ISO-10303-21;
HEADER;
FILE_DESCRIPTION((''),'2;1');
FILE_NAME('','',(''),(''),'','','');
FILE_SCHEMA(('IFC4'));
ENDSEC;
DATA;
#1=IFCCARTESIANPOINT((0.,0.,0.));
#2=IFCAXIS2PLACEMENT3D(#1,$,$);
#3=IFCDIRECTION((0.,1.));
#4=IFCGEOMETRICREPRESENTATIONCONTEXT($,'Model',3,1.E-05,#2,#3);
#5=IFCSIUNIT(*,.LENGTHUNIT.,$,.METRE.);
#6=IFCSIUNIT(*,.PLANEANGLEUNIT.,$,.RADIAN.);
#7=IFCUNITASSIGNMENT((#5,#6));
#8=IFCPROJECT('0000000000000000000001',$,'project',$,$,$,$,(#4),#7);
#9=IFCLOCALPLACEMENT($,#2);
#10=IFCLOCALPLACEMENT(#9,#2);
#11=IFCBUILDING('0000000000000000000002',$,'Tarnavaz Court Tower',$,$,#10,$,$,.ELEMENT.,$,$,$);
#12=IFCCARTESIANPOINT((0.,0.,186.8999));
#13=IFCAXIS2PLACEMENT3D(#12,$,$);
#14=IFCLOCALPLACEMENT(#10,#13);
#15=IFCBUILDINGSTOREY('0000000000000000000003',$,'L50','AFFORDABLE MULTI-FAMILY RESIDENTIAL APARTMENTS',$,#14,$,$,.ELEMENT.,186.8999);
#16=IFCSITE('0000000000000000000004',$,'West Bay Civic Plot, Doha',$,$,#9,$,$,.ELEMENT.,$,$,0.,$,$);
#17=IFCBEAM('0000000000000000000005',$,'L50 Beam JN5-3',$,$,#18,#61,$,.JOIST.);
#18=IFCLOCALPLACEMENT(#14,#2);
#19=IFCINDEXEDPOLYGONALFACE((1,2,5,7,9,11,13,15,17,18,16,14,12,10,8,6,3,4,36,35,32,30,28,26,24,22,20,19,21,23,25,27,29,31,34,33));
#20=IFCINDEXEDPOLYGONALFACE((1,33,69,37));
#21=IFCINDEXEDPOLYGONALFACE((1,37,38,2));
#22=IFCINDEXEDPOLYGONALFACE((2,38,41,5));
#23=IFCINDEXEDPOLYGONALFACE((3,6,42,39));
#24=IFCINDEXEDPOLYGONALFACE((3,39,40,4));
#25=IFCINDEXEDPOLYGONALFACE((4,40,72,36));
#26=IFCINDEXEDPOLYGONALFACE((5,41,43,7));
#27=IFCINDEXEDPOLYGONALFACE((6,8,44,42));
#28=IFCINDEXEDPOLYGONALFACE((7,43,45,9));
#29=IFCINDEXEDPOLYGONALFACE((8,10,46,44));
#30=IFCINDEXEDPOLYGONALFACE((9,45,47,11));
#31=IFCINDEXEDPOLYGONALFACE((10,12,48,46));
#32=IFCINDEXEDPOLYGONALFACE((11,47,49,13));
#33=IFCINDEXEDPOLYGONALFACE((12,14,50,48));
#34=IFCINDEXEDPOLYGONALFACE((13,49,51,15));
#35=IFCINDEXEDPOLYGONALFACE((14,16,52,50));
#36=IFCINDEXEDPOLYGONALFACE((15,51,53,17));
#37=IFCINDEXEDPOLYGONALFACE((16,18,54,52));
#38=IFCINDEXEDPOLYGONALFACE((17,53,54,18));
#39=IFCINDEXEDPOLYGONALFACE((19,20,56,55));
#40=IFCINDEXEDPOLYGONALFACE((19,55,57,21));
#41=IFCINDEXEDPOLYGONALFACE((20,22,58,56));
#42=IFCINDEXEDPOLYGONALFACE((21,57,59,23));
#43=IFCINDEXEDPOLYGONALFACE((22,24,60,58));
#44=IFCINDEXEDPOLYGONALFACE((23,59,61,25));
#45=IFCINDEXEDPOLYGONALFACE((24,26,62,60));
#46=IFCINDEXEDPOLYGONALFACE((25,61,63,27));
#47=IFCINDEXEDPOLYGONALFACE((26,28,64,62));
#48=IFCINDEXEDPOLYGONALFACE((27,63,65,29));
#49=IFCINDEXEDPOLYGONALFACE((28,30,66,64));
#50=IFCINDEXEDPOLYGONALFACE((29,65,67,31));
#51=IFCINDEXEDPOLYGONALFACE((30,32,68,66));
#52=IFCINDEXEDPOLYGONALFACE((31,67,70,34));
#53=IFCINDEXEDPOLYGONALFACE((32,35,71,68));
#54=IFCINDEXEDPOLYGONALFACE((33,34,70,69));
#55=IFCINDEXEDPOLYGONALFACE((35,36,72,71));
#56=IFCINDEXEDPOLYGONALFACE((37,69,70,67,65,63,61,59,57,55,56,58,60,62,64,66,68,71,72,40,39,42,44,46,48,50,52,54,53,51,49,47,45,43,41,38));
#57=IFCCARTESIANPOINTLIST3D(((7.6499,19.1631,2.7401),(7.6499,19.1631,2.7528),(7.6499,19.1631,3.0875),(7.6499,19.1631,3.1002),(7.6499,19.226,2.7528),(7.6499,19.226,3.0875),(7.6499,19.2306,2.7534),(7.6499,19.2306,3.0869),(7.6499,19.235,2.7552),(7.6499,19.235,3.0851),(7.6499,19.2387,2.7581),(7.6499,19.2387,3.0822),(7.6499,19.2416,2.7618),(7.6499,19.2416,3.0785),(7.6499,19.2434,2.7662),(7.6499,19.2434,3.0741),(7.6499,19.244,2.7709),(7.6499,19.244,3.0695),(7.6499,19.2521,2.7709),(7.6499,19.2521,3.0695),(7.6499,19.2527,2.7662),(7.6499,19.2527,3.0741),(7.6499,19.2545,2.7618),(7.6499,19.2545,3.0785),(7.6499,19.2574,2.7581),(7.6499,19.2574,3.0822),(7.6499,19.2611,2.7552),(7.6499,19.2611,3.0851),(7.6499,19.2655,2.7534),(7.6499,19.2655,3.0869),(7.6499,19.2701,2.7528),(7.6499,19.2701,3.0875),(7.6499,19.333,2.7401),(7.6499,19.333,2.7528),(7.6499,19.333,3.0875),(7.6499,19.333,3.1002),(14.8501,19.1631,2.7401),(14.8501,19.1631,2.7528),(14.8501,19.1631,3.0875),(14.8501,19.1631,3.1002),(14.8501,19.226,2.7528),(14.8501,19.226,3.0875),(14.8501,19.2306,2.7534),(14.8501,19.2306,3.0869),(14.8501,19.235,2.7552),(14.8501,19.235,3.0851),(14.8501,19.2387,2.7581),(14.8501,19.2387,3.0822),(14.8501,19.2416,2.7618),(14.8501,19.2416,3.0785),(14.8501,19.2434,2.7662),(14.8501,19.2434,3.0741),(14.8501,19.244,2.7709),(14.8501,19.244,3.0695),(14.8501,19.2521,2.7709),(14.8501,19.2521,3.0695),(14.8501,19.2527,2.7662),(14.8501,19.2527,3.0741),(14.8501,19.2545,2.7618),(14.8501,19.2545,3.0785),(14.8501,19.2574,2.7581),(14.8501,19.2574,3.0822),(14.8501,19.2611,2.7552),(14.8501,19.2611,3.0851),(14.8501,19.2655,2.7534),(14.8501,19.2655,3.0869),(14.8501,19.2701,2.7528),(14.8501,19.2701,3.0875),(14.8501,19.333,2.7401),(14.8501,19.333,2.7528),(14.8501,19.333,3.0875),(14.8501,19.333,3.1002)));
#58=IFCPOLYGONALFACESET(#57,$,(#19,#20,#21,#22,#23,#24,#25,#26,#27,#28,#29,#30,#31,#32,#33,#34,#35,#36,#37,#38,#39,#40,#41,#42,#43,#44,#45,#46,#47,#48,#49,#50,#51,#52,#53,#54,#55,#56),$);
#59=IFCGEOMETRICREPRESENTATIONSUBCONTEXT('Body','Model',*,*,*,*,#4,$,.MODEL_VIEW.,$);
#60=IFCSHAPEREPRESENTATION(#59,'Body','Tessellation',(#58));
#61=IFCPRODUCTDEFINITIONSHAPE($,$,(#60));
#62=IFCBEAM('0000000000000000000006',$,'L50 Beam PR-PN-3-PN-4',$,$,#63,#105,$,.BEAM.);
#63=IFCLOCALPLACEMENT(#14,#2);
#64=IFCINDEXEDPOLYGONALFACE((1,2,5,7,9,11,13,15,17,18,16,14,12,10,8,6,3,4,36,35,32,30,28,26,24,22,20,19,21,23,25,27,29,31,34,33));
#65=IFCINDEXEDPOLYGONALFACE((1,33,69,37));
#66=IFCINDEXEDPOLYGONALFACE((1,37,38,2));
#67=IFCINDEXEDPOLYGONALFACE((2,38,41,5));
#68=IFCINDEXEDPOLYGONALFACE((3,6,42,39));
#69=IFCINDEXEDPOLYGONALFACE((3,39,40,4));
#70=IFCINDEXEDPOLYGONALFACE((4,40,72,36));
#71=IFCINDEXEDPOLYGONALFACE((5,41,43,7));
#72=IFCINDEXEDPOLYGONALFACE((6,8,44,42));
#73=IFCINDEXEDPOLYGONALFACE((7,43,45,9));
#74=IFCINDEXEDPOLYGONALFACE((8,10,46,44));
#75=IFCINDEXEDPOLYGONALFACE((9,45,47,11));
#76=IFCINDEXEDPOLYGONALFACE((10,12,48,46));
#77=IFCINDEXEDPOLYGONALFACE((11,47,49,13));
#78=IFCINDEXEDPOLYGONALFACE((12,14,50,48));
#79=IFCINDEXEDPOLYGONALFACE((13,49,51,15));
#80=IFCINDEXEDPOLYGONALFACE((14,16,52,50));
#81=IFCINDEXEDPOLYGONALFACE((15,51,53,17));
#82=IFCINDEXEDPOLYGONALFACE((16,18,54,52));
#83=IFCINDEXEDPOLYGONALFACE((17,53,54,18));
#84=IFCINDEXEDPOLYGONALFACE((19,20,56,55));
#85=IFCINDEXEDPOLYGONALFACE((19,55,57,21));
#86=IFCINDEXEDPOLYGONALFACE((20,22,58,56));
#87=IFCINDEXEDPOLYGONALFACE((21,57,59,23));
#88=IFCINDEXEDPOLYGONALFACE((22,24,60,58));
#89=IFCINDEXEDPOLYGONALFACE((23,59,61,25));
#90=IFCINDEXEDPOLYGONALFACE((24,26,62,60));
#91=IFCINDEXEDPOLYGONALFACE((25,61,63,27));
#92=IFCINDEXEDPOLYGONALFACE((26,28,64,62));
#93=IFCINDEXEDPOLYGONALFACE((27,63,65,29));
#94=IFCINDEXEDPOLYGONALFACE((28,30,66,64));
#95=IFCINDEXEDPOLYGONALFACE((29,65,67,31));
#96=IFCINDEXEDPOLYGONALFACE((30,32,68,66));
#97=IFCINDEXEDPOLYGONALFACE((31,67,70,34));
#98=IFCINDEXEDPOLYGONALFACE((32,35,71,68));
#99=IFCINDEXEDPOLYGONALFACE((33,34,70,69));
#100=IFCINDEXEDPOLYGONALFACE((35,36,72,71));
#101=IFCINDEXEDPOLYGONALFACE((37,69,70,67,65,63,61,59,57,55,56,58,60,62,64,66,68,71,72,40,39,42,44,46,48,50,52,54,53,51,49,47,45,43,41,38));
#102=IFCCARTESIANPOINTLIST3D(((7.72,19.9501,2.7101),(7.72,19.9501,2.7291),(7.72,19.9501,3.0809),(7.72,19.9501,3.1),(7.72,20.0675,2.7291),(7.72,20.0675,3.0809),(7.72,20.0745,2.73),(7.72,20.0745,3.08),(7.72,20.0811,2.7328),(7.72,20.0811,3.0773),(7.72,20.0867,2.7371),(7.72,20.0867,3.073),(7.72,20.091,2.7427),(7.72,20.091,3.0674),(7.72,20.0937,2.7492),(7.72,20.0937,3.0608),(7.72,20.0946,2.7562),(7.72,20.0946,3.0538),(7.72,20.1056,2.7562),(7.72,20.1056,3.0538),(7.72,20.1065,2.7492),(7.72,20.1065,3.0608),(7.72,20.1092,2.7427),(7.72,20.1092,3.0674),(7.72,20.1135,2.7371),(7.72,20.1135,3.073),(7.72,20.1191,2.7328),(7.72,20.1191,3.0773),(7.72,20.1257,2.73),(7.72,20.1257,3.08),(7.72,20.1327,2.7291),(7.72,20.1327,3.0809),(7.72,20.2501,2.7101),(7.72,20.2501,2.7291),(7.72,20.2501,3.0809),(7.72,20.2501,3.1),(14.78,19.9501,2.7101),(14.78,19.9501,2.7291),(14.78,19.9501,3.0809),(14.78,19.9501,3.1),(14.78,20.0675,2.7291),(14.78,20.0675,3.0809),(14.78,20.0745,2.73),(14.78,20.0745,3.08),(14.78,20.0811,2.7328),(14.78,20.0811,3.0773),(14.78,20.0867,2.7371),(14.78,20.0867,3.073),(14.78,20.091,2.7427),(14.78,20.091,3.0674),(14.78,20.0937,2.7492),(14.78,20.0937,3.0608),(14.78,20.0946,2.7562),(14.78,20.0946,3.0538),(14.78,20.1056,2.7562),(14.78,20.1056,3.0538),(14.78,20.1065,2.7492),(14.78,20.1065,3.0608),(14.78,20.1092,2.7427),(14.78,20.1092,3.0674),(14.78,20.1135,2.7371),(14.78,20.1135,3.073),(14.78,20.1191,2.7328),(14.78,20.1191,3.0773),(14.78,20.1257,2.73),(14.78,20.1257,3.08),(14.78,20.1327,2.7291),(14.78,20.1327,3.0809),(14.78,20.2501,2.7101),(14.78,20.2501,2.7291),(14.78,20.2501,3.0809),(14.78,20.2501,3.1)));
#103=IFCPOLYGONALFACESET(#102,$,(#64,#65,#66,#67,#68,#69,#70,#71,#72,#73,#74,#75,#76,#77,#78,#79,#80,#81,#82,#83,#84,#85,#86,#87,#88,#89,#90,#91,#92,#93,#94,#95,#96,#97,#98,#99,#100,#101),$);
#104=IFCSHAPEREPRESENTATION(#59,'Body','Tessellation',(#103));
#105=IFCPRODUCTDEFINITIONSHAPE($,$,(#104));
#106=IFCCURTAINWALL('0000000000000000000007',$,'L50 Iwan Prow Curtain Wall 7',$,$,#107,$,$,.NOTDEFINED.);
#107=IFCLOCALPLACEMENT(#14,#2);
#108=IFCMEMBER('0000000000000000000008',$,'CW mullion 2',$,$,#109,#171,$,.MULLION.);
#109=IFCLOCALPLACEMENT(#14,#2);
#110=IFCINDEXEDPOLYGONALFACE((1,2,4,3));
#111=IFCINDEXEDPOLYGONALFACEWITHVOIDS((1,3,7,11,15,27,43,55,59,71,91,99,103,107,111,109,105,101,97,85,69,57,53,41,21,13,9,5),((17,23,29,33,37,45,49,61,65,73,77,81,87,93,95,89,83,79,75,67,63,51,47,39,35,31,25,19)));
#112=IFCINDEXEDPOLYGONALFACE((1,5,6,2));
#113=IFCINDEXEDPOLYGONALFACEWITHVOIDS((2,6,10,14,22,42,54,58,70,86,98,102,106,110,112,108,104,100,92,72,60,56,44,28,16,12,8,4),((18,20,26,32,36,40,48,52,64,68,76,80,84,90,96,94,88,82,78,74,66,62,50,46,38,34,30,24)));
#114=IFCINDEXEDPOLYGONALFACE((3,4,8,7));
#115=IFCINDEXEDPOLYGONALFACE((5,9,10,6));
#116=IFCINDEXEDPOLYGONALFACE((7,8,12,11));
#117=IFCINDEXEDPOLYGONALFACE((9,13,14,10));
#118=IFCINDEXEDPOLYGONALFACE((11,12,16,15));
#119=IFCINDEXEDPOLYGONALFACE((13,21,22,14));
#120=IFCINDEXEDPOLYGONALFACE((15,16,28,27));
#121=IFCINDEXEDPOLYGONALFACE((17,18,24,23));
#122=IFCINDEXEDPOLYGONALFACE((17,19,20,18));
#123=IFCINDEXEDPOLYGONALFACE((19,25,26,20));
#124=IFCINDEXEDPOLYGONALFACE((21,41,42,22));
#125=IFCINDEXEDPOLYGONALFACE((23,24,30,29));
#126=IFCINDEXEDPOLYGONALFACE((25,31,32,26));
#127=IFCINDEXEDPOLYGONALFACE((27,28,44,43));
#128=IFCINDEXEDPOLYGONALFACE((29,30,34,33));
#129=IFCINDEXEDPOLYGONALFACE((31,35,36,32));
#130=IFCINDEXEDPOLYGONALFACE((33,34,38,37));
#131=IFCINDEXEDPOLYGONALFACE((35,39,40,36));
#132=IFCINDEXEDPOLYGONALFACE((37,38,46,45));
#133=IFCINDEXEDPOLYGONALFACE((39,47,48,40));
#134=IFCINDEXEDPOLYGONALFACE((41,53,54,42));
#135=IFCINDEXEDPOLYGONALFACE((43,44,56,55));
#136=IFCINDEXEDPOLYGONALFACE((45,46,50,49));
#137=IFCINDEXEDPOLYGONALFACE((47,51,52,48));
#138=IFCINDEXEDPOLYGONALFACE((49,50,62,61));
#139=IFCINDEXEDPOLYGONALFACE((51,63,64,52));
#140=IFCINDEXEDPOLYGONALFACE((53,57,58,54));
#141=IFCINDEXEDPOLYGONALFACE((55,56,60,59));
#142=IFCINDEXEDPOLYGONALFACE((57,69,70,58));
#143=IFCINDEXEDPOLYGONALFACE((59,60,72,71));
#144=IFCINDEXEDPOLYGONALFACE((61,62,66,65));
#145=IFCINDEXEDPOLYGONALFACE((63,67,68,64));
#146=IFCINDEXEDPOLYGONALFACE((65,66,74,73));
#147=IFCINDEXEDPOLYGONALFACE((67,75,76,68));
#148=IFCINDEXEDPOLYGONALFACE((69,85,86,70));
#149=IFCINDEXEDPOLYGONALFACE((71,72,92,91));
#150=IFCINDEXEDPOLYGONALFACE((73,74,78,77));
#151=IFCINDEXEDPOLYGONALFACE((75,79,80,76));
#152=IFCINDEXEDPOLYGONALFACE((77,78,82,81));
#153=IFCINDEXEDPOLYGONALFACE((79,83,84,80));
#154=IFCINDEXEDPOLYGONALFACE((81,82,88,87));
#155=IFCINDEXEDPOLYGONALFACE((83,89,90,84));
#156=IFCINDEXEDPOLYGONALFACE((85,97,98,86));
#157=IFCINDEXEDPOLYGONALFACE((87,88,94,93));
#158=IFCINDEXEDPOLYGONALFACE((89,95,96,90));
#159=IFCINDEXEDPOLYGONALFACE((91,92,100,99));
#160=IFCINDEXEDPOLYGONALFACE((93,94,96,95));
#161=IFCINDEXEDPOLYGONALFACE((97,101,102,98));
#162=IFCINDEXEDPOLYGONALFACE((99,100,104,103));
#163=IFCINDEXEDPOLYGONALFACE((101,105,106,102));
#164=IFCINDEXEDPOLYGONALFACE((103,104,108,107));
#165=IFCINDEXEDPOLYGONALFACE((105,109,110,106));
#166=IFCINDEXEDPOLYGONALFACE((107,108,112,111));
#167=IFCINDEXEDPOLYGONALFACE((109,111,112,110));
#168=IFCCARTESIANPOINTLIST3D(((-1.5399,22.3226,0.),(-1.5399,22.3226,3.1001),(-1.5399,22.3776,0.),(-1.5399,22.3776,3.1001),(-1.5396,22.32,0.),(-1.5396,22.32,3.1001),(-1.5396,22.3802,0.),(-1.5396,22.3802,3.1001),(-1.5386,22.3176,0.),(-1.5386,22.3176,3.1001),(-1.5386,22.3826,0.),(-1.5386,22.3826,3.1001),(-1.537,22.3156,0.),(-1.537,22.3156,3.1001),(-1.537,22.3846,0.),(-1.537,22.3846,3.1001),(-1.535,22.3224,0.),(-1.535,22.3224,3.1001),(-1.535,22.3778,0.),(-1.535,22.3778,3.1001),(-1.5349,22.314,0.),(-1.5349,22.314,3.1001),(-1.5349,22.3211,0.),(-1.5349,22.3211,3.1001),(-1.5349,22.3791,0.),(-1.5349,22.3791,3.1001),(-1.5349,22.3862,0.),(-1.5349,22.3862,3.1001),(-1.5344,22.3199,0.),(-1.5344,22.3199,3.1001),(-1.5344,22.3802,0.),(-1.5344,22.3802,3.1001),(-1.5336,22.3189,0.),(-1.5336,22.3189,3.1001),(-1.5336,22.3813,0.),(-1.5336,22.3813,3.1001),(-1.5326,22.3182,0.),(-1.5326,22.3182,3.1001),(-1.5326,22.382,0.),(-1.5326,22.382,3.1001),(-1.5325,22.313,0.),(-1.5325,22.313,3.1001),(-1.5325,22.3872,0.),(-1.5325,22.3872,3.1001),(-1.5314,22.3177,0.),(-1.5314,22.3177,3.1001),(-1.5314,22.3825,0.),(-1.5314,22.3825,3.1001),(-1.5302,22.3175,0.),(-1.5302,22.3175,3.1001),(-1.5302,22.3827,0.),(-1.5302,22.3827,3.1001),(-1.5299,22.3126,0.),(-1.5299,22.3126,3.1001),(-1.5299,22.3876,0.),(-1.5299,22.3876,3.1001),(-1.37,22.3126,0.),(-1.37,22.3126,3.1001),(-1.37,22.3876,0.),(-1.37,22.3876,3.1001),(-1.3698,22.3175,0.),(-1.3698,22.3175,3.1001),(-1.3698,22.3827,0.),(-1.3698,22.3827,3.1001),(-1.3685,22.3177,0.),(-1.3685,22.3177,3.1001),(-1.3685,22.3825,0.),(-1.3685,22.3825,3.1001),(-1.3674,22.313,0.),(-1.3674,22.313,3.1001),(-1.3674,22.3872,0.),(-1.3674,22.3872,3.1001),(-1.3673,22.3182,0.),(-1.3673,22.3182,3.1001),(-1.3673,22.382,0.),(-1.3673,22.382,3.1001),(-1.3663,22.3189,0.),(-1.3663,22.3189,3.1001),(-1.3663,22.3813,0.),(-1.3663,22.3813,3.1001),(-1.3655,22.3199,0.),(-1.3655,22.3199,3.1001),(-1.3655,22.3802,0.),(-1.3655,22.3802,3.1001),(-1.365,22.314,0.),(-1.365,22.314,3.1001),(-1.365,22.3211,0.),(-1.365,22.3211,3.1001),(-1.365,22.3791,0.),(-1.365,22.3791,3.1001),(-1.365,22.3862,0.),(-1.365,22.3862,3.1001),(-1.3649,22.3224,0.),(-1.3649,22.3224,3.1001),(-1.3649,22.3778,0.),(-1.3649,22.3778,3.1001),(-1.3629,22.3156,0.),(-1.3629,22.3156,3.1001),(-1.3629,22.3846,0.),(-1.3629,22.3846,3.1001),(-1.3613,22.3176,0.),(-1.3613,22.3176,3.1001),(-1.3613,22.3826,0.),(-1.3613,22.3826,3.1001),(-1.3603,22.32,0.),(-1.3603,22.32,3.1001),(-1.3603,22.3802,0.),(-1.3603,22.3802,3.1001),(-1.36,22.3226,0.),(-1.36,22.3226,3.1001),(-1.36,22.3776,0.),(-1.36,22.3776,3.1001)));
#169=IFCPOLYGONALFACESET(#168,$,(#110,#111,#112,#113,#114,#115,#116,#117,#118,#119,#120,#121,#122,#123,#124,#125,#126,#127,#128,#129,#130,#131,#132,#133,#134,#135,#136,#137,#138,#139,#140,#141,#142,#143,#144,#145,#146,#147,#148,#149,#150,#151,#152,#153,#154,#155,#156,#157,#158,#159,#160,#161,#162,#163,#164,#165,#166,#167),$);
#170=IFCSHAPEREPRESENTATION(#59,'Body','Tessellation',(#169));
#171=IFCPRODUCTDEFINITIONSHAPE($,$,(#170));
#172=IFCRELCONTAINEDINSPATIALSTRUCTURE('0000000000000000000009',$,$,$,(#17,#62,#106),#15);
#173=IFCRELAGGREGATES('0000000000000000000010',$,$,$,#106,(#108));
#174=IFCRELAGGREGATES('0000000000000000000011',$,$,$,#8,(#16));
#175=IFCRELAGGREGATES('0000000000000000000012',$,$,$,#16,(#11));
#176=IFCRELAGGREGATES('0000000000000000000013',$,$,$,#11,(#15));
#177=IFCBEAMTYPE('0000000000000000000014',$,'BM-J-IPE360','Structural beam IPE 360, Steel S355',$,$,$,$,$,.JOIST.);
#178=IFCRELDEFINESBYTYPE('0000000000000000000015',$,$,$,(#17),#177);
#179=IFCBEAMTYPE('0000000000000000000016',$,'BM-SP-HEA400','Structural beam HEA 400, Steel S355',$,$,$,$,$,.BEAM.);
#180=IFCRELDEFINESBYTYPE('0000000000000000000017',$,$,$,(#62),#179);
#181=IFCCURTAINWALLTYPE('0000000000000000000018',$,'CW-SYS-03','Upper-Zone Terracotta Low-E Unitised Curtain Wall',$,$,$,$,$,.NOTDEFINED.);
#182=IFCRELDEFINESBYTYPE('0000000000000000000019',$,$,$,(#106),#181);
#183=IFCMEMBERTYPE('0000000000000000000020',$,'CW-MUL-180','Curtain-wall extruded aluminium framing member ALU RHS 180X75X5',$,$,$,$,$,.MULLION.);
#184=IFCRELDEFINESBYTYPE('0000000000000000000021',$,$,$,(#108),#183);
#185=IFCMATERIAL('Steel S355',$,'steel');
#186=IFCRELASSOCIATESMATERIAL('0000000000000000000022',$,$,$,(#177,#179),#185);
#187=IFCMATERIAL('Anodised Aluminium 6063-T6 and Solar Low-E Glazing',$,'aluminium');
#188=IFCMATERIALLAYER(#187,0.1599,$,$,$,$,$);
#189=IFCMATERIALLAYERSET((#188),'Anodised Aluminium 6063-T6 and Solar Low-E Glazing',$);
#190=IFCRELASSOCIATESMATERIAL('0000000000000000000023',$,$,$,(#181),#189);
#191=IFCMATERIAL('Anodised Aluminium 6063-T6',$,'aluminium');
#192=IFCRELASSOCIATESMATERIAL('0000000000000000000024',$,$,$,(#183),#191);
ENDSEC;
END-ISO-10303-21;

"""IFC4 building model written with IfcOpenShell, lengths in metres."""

from ifc_helpers import new_model, si_unit, direction, frame, origin, origin_2d, place, context, subcontext, project, spatial, hollow_rectangle, i_section, extrude, material, layer, layer_set, material_profile, profile_set, type_object, element, aggregate, save


model = new_model("IFC4")

# Units and contexts
model_context = context("Model", 3, precision=1e-05, world=origin(), true_north=direction((0.0, 1.0)))
body_context = subcontext(model_context, "Body", "Model", "MODEL_VIEW")
ifc_project = project(units=[si_unit("LENGTHUNIT", "METRE"), si_unit("PLANEANGLEUNIT", "RADIAN")], contexts=[model_context])

# Site, building, storey
site_placement = place(None, origin())
site = spatial("IfcSite", under=ifc_project, at=site_placement, Name="West Bay Civic Plot, Doha", CompositionType="ELEMENT", RefElevation=0.0)
building_placement = place(site_placement, origin())
building = spatial("IfcBuilding", under=site, at=building_placement, Name="Tarnavaz Court Tower", CompositionType="ELEMENT")
storey_placement = place(building_placement, frame((0.0, 0.0, 186.8999)))
storey = spatial("IfcBuildingStorey", under=building, at=storey_placement, Name="L50", Description="AFFORDABLE MULTI-FAMILY RESIDENTIAL APARTMENTS", CompositionType="ELEMENT", Elevation=186.8999)

# Beams
ifc_material_1 = material(Name="Steel S355", Category="steel")
ifc_material_profile_1 = material_profile(ifc_material_1, i_section(OverallWidth=0.1699, OverallDepth=0.3601, WebThickness=0.0081, FlangeThickness=0.0127, FilletRadius=0.0181, at=origin_2d()), Name="IPE 360")
ifc_profile_set_1 = profile_set([ifc_material_profile_1], Name="Steel S355")
beam_type_1 = type_object("IfcBeamType", Name="BM-J-IPE360", Description="Structural beam IPE 360, Steel S355", PredefinedType="JOIST", material=ifc_profile_set_1)
for number, where, z_axis, x_axis, name in (
    (1, (7.6499, 19.248, 2.9202), (1.0, 0.0, 0.0), (0.0, 1.0, 0.0), "L50 Beam JN5-3"),
):
    element("IfcBeam", number, at=place(storey_placement, frame(where, z_axis=z_axis, x_axis=x_axis)), inside=storey, type_object=beam_type_1, Name=name, PredefinedType="JOIST", context=body_context, shape_type="SweptSolid", body=[
        extrude(i_section(OverallWidth=0.1699, OverallDepth=0.3601, WebThickness=0.0081, FlangeThickness=0.0127, FilletRadius=0.0181, at=origin_2d()), origin(), (0.0, 0.0, 1.0), 7.2002),
    ])
ifc_material_profile_2 = material_profile(ifc_material_1, i_section(OverallWidth=0.3, OverallDepth=0.3899, WebThickness=0.011, FlangeThickness=0.019, FilletRadius=0.0271, at=origin_2d()), Name="HEA 400")
ifc_profile_set_2 = profile_set([ifc_material_profile_2], Name="Steel S355")
beam_type_2 = type_object("IfcBeamType", Name="BM-SP-HEA400", Description="Structural beam HEA 400, Steel S355", PredefinedType="BEAM", material=ifc_profile_set_2)
beam_placement = place(storey_placement, frame((7.72, 20.1001, 2.905), z_axis=(1.0, 0.0, 0.0), x_axis=(0.0, 1.0, 0.0)))
element("IfcBeam", 2, at=beam_placement, inside=storey, type_object=beam_type_2, Name="L50 Beam PR-PN-3-PN-4", PredefinedType="BEAM", context=body_context, shape_type="SweptSolid", body=[
    extrude(i_section(OverallWidth=0.3, OverallDepth=0.3899, WebThickness=0.011, FlangeThickness=0.019, FilletRadius=0.0271, at=origin_2d()), origin(), (0.0, 0.0, 1.0), 7.0601),
])

# Curtain wall, member
ifc_material_2 = material(Name="Anodised Aluminium 6063-T6 and Solar Low-E Glazing", Category="aluminium")
ifc_layer_1 = layer(ifc_material_2, 0.1599)
ifc_layer_set_1 = layer_set([ifc_layer_1], Name="Anodised Aluminium 6063-T6 and Solar Low-E Glazing")
curtain_wall_type = type_object("IfcCurtainWallType", Name="CW-SYS-03", Description="Upper-Zone Terracotta Low-E Unitised Curtain Wall", PredefinedType="NOTDEFINED", material=ifc_layer_set_1)
curtain_wall_placement = place(storey_placement, origin())
curtain_wall = element("IfcCurtainWall", 3, at=curtain_wall_placement, inside=storey, type_object=curtain_wall_type, Name="L50 Iwan Prow Curtain Wall 7", PredefinedType="NOTDEFINED")
ifc_material_3 = material(Name="Anodised Aluminium 6063-T6", Category="aluminium")
ifc_material_profile_3 = material_profile(ifc_material_3, hollow_rectangle(XDim=0.075, YDim=0.1799, WallThickness=0.0049, InnerFilletRadius=0.0049, OuterFilletRadius=0.01, at=origin_2d()), Name="ALU RHS 180X75X5")
ifc_profile_set_3 = profile_set([ifc_material_profile_3], Name="Anodised Aluminium 6063-T6")
member_type_1 = type_object("IfcMemberType", Name="CW-MUL-180", Description="Curtain-wall extruded aluminium framing member ALU RHS 180X75X5", PredefinedType="MULLION", material=ifc_profile_set_3)
member_1_placement = place(storey_placement, frame((-1.45, 22.3501, 0.0), z_axis=(0.0, 0.0, 1.0), x_axis=(0.0, 1.0, 0.0)))
member_1 = element("IfcMember", 4, at=member_1_placement, type_object=member_type_1, Name="CW mullion 2", PredefinedType="MULLION", context=body_context, shape_type="SweptSolid", body=[
    extrude(hollow_rectangle(XDim=0.075, YDim=0.1799, WallThickness=0.0049, InnerFilletRadius=0.0049, OuterFilletRadius=0.01, at=origin_2d()), origin(), (0.0, 0.0, 1.0), 3.1001),
])
aggregate(curtain_wall, [member_1])

save(model, "model.ifc")
